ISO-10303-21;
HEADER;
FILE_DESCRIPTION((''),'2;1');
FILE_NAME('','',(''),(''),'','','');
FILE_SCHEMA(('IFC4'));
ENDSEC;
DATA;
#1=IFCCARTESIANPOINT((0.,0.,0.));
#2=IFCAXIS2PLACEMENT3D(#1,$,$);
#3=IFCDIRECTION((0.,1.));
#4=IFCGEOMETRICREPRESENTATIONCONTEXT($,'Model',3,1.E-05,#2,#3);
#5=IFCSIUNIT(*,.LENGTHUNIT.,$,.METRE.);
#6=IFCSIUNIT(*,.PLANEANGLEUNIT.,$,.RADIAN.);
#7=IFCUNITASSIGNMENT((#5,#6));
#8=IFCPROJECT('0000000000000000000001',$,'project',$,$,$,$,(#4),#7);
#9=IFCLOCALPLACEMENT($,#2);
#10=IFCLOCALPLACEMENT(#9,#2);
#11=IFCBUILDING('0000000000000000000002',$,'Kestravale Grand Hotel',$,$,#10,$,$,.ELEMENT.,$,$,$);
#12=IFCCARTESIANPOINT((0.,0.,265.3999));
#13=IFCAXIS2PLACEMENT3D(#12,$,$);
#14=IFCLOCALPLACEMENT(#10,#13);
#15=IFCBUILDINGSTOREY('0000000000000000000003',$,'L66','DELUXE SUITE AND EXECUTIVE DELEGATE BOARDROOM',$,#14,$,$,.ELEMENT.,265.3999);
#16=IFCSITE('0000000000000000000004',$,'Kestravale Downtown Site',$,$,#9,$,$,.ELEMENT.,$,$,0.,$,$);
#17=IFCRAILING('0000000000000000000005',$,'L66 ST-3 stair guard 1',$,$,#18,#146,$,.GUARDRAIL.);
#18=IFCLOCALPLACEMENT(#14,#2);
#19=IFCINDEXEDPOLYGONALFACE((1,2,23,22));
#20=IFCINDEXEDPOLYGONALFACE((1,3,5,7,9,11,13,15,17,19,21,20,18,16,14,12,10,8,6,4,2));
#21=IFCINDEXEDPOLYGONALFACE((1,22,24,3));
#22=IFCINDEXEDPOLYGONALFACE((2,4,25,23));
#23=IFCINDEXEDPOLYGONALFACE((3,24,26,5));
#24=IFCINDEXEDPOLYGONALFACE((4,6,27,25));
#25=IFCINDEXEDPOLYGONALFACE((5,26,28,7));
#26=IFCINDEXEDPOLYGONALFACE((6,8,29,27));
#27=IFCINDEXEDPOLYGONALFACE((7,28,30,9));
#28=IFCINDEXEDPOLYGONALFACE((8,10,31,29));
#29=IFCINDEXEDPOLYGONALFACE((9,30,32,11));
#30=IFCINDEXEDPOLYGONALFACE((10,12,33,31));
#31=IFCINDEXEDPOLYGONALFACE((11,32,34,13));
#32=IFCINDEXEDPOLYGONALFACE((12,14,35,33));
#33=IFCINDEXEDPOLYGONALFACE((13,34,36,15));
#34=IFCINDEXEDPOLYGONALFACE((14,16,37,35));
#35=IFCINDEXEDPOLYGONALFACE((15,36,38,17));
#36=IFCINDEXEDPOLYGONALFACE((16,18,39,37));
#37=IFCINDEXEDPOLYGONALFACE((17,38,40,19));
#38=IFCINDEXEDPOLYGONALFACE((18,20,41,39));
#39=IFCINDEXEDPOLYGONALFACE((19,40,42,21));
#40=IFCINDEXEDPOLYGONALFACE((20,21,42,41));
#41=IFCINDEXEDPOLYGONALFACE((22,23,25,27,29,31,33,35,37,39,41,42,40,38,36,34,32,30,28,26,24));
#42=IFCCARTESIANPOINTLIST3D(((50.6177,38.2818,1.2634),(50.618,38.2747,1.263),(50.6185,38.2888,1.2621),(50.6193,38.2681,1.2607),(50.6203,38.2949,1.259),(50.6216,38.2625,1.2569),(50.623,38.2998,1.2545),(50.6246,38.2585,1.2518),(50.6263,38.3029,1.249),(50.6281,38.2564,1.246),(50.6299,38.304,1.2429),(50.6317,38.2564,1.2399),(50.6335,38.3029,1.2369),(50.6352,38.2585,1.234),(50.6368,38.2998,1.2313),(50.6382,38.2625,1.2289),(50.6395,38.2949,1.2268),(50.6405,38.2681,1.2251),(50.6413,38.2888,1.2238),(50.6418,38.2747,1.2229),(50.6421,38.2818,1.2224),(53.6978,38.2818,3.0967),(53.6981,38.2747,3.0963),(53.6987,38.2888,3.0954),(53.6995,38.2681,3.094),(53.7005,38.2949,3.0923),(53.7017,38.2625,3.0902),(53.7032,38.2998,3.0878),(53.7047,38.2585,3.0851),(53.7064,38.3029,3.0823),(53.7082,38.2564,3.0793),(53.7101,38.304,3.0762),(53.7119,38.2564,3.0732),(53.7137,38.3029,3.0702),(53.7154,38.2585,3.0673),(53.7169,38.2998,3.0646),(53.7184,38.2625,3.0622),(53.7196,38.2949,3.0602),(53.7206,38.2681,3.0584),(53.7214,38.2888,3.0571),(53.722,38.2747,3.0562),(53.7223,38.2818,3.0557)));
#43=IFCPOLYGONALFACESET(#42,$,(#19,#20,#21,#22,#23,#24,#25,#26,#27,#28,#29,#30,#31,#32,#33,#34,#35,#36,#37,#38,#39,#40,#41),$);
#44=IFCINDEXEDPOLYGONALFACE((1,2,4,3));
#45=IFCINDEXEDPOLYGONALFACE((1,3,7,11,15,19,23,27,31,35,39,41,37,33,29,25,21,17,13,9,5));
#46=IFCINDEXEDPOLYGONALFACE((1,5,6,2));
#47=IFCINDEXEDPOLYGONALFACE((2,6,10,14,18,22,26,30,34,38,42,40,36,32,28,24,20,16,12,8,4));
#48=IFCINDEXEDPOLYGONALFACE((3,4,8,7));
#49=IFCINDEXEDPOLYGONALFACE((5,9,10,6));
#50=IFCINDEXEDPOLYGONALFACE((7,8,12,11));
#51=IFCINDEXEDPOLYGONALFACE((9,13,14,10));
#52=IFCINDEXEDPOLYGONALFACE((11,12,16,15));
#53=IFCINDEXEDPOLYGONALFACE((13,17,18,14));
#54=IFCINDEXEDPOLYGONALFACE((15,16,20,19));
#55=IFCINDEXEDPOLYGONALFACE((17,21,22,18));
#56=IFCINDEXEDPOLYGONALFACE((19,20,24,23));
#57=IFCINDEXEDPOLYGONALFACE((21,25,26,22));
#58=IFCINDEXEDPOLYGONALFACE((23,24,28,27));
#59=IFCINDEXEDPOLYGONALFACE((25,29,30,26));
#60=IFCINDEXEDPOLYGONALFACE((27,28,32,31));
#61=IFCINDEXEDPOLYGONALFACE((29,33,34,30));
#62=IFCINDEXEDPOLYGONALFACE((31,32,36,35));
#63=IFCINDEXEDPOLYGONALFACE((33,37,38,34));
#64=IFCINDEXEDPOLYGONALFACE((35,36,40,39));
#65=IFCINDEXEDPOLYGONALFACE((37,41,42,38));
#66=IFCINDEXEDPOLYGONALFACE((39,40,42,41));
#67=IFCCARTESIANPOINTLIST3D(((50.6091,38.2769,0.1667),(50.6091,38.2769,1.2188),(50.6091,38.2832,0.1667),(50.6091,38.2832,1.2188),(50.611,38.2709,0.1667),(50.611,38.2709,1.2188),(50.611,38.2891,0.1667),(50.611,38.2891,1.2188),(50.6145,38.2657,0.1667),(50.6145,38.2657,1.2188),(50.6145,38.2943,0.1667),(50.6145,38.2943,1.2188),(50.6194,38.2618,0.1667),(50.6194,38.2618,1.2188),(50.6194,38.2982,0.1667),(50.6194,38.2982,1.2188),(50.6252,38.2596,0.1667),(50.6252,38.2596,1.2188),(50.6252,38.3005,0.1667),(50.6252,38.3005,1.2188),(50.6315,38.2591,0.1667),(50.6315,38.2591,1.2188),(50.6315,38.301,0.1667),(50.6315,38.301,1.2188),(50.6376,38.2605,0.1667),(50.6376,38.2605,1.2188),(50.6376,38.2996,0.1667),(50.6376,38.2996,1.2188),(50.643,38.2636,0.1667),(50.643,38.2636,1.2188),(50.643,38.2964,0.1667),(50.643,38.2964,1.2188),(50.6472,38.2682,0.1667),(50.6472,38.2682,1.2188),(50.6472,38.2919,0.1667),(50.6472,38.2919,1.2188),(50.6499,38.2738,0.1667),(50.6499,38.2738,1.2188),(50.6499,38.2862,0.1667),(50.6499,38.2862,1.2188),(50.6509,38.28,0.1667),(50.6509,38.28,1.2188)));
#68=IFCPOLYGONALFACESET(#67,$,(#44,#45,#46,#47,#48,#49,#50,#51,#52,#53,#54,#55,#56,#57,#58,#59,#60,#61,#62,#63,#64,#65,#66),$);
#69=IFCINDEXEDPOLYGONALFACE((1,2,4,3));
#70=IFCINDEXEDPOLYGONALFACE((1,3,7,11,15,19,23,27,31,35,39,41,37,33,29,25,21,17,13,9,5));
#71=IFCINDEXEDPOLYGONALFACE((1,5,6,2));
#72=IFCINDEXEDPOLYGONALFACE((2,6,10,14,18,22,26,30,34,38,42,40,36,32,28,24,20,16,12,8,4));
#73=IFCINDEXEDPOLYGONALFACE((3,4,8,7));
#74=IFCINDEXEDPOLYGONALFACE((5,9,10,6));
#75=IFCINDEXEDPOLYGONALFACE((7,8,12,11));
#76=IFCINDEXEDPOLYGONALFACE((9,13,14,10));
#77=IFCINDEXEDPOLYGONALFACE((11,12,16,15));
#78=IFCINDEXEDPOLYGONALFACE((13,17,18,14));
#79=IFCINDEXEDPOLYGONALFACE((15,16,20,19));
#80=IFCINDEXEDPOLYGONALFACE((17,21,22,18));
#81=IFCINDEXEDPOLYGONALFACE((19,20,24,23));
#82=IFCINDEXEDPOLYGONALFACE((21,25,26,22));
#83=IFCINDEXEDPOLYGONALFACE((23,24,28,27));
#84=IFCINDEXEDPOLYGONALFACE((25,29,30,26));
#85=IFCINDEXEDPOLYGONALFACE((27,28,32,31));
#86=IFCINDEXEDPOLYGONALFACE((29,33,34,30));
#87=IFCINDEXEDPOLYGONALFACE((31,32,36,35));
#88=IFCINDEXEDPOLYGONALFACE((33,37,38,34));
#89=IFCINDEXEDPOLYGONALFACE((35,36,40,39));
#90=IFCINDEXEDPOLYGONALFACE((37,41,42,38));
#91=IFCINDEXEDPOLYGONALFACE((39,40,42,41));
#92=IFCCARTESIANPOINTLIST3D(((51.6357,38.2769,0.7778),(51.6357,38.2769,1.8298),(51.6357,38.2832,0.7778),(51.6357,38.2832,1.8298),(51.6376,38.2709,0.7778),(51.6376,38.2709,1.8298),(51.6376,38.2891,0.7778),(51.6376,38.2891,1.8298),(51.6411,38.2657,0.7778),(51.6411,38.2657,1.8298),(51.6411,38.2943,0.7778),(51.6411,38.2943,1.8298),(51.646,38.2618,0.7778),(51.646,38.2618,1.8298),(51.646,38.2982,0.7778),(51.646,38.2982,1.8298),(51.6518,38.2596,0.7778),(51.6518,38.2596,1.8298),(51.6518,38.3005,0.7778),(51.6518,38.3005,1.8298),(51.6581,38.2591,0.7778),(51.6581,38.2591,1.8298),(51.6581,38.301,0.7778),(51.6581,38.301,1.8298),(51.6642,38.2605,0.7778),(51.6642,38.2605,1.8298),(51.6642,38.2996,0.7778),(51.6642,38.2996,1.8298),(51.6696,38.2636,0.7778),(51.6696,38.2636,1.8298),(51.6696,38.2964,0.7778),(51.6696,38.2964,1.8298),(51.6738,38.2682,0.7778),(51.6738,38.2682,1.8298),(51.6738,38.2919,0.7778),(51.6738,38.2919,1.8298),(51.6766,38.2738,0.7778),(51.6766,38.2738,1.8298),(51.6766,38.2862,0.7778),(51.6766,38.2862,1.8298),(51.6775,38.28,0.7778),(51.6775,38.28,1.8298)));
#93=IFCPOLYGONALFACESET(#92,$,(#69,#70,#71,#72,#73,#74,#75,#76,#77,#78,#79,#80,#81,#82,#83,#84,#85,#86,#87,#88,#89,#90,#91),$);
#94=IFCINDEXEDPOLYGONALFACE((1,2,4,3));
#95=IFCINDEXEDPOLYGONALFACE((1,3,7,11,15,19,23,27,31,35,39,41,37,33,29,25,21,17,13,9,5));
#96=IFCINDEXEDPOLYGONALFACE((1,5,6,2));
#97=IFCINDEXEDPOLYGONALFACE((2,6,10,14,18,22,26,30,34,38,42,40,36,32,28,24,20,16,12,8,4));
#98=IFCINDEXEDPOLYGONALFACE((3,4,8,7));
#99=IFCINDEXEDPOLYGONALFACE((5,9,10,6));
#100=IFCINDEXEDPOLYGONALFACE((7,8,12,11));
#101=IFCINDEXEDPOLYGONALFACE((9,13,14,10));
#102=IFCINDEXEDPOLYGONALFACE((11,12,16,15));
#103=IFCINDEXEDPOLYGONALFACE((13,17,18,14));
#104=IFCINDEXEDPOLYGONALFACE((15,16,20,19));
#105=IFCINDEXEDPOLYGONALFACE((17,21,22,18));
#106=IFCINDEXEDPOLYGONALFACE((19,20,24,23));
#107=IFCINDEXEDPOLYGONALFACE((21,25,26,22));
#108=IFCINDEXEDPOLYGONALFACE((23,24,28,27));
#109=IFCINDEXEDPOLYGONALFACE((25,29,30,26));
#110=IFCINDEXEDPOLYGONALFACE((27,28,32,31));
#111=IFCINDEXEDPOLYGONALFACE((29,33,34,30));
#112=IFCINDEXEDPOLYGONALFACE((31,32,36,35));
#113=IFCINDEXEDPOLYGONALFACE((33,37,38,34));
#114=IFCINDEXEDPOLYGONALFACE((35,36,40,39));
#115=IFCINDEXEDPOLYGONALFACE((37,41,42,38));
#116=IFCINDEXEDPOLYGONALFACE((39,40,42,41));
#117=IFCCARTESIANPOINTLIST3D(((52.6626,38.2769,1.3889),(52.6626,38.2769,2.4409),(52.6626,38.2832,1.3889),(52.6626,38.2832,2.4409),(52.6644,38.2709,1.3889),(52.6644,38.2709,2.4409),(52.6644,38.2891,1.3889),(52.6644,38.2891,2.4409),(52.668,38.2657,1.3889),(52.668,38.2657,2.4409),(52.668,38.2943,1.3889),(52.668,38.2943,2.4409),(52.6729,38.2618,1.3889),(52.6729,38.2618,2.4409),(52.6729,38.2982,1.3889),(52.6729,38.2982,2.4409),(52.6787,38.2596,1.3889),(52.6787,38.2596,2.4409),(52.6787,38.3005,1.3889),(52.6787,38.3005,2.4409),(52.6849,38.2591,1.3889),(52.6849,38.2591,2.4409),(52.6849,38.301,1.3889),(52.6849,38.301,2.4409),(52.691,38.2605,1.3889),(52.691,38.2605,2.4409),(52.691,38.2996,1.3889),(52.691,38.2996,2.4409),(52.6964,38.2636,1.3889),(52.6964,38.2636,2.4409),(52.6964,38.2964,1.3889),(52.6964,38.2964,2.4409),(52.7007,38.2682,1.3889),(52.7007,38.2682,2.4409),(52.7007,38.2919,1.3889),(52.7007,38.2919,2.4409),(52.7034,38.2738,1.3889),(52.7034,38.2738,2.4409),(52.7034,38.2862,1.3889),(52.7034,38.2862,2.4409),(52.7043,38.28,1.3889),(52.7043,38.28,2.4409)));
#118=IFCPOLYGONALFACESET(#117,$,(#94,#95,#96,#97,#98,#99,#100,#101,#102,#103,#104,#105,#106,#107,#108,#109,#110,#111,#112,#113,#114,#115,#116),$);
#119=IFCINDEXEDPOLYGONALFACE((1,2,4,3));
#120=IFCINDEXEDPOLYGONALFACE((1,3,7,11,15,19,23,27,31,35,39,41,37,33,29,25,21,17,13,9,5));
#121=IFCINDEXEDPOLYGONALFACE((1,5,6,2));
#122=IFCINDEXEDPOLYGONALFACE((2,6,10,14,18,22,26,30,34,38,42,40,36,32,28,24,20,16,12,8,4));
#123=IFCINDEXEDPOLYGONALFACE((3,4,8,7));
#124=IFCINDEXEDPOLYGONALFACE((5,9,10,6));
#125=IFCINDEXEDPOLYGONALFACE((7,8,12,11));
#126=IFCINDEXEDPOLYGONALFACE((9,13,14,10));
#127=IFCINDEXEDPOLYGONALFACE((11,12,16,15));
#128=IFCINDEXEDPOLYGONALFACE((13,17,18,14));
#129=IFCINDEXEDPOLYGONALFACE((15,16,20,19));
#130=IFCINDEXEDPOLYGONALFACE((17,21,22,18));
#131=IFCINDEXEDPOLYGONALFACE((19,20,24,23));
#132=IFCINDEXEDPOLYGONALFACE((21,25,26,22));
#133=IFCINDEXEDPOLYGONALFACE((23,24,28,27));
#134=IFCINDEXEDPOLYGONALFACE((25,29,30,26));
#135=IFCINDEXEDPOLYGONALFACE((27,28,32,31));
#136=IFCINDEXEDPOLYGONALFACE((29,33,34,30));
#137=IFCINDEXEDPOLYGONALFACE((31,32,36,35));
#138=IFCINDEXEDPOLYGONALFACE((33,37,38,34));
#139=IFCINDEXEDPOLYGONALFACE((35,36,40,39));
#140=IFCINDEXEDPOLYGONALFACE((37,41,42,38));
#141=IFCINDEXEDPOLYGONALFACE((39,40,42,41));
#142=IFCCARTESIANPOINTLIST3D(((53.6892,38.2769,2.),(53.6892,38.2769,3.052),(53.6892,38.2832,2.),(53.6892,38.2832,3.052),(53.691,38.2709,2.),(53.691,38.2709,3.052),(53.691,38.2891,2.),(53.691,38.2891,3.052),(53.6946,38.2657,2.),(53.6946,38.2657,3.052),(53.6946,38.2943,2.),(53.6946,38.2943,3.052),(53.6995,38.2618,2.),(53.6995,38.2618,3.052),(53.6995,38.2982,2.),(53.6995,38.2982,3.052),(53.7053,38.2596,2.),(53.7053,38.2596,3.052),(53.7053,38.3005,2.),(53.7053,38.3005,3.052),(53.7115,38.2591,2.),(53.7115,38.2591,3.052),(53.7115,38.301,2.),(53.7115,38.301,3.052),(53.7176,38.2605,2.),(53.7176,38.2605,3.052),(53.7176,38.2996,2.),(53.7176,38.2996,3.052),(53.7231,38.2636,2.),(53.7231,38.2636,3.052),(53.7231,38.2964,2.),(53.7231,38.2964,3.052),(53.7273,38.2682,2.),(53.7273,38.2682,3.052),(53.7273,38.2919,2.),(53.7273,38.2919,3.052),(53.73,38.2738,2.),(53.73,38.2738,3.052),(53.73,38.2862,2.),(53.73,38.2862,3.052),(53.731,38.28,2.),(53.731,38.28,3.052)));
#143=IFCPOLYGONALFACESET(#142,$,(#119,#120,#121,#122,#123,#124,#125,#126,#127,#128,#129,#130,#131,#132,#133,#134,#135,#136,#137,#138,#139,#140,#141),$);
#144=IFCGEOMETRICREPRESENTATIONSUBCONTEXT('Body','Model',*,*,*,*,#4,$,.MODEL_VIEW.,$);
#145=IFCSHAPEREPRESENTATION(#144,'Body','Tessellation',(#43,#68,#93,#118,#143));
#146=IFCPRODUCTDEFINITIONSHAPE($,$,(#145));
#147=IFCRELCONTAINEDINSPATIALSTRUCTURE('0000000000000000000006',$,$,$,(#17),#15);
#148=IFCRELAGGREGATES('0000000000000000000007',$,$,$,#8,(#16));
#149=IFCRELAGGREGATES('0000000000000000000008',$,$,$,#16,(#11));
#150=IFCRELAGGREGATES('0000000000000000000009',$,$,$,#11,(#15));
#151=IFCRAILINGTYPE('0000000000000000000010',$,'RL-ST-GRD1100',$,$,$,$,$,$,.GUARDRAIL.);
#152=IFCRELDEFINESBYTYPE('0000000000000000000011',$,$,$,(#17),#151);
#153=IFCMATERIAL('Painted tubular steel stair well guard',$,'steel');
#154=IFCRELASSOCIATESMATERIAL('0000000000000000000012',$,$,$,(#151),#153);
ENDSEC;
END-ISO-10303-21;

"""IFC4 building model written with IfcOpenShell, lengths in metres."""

from ifc_helpers import new_model, si_unit, direction, frame, origin, origin_2d, place, context, subcontext, project, spatial, circle, extrude, material, type_object, element, save


model = new_model("IFC4")

# Units and contexts
model_context = context("Model", 3, precision=1e-05, world=origin(), true_north=direction((0.0, 1.0)))
body_context = subcontext(model_context, "Body", "Model", "MODEL_VIEW")
ifc_project = project(units=[si_unit("LENGTHUNIT", "METRE"), si_unit("PLANEANGLEUNIT", "RADIAN")], contexts=[model_context])

# Site, building, storey
site_placement = place(None, origin())
site = spatial("IfcSite", under=ifc_project, at=site_placement, Name="Kestravale Downtown Site", CompositionType="ELEMENT", RefElevation=0.0)
building_placement = place(site_placement, origin())
building = spatial("IfcBuilding", under=site, at=building_placement, Name="Kestravale Grand Hotel", CompositionType="ELEMENT")
storey_placement = place(building_placement, frame((0.0, 0.0, 265.3999)))
storey = spatial("IfcBuildingStorey", under=building, at=storey_placement, Name="L66", Description="DELUXE SUITE AND EXECUTIVE DELEGATE BOARDROOM", CompositionType="ELEMENT", Elevation=265.3999)

# Railing
ifc_material_1 = material(Name="Painted tubular steel stair well guard", Category="steel")
railing_type_1 = type_object("IfcRailingType", Name="RL-ST-GRD1100", PredefinedType="GUARDRAIL", material=ifc_material_1)
railing_1_placement = place(storey_placement, frame((50.6299, 38.28, 0.1667)))
element("IfcRailing", 1, at=railing_1_placement, inside=storey, type_object=railing_type_1, Name="L66 ST-3 stair guard 1", PredefinedType="GUARDRAIL", context=body_context, shape_type="SweptSolid", body=[
    extrude(circle(Radius=0.0239, at=origin_2d()), frame((0.0, 0.0, 1.0762), z_axis=(0.859309, 0.0, 0.511458), x_axis=(0.0, 1.0, 0.0)), (0.0, 0.0, 1.0), 3.5845),
    extrude(circle(Radius=0.021, at=origin_2d()), origin(), (0.0, 0.0, 1.0), 1.052),
    extrude(circle(Radius=0.021, at=origin_2d()), frame((1.0266, 0.0, 0.6111)), (0.0, 0.0, 1.0), 1.052),
    extrude(circle(Radius=0.021, at=origin_2d()), frame((2.0535, 0.0, 1.2222)), (0.0, 0.0, 1.0), 1.052),
    extrude(circle(Radius=0.021, at=origin_2d()), frame((3.0801, 0.0, 1.8333)), (0.0, 0.0, 1.0), 1.052),
])

save(model, "model.ifc")
